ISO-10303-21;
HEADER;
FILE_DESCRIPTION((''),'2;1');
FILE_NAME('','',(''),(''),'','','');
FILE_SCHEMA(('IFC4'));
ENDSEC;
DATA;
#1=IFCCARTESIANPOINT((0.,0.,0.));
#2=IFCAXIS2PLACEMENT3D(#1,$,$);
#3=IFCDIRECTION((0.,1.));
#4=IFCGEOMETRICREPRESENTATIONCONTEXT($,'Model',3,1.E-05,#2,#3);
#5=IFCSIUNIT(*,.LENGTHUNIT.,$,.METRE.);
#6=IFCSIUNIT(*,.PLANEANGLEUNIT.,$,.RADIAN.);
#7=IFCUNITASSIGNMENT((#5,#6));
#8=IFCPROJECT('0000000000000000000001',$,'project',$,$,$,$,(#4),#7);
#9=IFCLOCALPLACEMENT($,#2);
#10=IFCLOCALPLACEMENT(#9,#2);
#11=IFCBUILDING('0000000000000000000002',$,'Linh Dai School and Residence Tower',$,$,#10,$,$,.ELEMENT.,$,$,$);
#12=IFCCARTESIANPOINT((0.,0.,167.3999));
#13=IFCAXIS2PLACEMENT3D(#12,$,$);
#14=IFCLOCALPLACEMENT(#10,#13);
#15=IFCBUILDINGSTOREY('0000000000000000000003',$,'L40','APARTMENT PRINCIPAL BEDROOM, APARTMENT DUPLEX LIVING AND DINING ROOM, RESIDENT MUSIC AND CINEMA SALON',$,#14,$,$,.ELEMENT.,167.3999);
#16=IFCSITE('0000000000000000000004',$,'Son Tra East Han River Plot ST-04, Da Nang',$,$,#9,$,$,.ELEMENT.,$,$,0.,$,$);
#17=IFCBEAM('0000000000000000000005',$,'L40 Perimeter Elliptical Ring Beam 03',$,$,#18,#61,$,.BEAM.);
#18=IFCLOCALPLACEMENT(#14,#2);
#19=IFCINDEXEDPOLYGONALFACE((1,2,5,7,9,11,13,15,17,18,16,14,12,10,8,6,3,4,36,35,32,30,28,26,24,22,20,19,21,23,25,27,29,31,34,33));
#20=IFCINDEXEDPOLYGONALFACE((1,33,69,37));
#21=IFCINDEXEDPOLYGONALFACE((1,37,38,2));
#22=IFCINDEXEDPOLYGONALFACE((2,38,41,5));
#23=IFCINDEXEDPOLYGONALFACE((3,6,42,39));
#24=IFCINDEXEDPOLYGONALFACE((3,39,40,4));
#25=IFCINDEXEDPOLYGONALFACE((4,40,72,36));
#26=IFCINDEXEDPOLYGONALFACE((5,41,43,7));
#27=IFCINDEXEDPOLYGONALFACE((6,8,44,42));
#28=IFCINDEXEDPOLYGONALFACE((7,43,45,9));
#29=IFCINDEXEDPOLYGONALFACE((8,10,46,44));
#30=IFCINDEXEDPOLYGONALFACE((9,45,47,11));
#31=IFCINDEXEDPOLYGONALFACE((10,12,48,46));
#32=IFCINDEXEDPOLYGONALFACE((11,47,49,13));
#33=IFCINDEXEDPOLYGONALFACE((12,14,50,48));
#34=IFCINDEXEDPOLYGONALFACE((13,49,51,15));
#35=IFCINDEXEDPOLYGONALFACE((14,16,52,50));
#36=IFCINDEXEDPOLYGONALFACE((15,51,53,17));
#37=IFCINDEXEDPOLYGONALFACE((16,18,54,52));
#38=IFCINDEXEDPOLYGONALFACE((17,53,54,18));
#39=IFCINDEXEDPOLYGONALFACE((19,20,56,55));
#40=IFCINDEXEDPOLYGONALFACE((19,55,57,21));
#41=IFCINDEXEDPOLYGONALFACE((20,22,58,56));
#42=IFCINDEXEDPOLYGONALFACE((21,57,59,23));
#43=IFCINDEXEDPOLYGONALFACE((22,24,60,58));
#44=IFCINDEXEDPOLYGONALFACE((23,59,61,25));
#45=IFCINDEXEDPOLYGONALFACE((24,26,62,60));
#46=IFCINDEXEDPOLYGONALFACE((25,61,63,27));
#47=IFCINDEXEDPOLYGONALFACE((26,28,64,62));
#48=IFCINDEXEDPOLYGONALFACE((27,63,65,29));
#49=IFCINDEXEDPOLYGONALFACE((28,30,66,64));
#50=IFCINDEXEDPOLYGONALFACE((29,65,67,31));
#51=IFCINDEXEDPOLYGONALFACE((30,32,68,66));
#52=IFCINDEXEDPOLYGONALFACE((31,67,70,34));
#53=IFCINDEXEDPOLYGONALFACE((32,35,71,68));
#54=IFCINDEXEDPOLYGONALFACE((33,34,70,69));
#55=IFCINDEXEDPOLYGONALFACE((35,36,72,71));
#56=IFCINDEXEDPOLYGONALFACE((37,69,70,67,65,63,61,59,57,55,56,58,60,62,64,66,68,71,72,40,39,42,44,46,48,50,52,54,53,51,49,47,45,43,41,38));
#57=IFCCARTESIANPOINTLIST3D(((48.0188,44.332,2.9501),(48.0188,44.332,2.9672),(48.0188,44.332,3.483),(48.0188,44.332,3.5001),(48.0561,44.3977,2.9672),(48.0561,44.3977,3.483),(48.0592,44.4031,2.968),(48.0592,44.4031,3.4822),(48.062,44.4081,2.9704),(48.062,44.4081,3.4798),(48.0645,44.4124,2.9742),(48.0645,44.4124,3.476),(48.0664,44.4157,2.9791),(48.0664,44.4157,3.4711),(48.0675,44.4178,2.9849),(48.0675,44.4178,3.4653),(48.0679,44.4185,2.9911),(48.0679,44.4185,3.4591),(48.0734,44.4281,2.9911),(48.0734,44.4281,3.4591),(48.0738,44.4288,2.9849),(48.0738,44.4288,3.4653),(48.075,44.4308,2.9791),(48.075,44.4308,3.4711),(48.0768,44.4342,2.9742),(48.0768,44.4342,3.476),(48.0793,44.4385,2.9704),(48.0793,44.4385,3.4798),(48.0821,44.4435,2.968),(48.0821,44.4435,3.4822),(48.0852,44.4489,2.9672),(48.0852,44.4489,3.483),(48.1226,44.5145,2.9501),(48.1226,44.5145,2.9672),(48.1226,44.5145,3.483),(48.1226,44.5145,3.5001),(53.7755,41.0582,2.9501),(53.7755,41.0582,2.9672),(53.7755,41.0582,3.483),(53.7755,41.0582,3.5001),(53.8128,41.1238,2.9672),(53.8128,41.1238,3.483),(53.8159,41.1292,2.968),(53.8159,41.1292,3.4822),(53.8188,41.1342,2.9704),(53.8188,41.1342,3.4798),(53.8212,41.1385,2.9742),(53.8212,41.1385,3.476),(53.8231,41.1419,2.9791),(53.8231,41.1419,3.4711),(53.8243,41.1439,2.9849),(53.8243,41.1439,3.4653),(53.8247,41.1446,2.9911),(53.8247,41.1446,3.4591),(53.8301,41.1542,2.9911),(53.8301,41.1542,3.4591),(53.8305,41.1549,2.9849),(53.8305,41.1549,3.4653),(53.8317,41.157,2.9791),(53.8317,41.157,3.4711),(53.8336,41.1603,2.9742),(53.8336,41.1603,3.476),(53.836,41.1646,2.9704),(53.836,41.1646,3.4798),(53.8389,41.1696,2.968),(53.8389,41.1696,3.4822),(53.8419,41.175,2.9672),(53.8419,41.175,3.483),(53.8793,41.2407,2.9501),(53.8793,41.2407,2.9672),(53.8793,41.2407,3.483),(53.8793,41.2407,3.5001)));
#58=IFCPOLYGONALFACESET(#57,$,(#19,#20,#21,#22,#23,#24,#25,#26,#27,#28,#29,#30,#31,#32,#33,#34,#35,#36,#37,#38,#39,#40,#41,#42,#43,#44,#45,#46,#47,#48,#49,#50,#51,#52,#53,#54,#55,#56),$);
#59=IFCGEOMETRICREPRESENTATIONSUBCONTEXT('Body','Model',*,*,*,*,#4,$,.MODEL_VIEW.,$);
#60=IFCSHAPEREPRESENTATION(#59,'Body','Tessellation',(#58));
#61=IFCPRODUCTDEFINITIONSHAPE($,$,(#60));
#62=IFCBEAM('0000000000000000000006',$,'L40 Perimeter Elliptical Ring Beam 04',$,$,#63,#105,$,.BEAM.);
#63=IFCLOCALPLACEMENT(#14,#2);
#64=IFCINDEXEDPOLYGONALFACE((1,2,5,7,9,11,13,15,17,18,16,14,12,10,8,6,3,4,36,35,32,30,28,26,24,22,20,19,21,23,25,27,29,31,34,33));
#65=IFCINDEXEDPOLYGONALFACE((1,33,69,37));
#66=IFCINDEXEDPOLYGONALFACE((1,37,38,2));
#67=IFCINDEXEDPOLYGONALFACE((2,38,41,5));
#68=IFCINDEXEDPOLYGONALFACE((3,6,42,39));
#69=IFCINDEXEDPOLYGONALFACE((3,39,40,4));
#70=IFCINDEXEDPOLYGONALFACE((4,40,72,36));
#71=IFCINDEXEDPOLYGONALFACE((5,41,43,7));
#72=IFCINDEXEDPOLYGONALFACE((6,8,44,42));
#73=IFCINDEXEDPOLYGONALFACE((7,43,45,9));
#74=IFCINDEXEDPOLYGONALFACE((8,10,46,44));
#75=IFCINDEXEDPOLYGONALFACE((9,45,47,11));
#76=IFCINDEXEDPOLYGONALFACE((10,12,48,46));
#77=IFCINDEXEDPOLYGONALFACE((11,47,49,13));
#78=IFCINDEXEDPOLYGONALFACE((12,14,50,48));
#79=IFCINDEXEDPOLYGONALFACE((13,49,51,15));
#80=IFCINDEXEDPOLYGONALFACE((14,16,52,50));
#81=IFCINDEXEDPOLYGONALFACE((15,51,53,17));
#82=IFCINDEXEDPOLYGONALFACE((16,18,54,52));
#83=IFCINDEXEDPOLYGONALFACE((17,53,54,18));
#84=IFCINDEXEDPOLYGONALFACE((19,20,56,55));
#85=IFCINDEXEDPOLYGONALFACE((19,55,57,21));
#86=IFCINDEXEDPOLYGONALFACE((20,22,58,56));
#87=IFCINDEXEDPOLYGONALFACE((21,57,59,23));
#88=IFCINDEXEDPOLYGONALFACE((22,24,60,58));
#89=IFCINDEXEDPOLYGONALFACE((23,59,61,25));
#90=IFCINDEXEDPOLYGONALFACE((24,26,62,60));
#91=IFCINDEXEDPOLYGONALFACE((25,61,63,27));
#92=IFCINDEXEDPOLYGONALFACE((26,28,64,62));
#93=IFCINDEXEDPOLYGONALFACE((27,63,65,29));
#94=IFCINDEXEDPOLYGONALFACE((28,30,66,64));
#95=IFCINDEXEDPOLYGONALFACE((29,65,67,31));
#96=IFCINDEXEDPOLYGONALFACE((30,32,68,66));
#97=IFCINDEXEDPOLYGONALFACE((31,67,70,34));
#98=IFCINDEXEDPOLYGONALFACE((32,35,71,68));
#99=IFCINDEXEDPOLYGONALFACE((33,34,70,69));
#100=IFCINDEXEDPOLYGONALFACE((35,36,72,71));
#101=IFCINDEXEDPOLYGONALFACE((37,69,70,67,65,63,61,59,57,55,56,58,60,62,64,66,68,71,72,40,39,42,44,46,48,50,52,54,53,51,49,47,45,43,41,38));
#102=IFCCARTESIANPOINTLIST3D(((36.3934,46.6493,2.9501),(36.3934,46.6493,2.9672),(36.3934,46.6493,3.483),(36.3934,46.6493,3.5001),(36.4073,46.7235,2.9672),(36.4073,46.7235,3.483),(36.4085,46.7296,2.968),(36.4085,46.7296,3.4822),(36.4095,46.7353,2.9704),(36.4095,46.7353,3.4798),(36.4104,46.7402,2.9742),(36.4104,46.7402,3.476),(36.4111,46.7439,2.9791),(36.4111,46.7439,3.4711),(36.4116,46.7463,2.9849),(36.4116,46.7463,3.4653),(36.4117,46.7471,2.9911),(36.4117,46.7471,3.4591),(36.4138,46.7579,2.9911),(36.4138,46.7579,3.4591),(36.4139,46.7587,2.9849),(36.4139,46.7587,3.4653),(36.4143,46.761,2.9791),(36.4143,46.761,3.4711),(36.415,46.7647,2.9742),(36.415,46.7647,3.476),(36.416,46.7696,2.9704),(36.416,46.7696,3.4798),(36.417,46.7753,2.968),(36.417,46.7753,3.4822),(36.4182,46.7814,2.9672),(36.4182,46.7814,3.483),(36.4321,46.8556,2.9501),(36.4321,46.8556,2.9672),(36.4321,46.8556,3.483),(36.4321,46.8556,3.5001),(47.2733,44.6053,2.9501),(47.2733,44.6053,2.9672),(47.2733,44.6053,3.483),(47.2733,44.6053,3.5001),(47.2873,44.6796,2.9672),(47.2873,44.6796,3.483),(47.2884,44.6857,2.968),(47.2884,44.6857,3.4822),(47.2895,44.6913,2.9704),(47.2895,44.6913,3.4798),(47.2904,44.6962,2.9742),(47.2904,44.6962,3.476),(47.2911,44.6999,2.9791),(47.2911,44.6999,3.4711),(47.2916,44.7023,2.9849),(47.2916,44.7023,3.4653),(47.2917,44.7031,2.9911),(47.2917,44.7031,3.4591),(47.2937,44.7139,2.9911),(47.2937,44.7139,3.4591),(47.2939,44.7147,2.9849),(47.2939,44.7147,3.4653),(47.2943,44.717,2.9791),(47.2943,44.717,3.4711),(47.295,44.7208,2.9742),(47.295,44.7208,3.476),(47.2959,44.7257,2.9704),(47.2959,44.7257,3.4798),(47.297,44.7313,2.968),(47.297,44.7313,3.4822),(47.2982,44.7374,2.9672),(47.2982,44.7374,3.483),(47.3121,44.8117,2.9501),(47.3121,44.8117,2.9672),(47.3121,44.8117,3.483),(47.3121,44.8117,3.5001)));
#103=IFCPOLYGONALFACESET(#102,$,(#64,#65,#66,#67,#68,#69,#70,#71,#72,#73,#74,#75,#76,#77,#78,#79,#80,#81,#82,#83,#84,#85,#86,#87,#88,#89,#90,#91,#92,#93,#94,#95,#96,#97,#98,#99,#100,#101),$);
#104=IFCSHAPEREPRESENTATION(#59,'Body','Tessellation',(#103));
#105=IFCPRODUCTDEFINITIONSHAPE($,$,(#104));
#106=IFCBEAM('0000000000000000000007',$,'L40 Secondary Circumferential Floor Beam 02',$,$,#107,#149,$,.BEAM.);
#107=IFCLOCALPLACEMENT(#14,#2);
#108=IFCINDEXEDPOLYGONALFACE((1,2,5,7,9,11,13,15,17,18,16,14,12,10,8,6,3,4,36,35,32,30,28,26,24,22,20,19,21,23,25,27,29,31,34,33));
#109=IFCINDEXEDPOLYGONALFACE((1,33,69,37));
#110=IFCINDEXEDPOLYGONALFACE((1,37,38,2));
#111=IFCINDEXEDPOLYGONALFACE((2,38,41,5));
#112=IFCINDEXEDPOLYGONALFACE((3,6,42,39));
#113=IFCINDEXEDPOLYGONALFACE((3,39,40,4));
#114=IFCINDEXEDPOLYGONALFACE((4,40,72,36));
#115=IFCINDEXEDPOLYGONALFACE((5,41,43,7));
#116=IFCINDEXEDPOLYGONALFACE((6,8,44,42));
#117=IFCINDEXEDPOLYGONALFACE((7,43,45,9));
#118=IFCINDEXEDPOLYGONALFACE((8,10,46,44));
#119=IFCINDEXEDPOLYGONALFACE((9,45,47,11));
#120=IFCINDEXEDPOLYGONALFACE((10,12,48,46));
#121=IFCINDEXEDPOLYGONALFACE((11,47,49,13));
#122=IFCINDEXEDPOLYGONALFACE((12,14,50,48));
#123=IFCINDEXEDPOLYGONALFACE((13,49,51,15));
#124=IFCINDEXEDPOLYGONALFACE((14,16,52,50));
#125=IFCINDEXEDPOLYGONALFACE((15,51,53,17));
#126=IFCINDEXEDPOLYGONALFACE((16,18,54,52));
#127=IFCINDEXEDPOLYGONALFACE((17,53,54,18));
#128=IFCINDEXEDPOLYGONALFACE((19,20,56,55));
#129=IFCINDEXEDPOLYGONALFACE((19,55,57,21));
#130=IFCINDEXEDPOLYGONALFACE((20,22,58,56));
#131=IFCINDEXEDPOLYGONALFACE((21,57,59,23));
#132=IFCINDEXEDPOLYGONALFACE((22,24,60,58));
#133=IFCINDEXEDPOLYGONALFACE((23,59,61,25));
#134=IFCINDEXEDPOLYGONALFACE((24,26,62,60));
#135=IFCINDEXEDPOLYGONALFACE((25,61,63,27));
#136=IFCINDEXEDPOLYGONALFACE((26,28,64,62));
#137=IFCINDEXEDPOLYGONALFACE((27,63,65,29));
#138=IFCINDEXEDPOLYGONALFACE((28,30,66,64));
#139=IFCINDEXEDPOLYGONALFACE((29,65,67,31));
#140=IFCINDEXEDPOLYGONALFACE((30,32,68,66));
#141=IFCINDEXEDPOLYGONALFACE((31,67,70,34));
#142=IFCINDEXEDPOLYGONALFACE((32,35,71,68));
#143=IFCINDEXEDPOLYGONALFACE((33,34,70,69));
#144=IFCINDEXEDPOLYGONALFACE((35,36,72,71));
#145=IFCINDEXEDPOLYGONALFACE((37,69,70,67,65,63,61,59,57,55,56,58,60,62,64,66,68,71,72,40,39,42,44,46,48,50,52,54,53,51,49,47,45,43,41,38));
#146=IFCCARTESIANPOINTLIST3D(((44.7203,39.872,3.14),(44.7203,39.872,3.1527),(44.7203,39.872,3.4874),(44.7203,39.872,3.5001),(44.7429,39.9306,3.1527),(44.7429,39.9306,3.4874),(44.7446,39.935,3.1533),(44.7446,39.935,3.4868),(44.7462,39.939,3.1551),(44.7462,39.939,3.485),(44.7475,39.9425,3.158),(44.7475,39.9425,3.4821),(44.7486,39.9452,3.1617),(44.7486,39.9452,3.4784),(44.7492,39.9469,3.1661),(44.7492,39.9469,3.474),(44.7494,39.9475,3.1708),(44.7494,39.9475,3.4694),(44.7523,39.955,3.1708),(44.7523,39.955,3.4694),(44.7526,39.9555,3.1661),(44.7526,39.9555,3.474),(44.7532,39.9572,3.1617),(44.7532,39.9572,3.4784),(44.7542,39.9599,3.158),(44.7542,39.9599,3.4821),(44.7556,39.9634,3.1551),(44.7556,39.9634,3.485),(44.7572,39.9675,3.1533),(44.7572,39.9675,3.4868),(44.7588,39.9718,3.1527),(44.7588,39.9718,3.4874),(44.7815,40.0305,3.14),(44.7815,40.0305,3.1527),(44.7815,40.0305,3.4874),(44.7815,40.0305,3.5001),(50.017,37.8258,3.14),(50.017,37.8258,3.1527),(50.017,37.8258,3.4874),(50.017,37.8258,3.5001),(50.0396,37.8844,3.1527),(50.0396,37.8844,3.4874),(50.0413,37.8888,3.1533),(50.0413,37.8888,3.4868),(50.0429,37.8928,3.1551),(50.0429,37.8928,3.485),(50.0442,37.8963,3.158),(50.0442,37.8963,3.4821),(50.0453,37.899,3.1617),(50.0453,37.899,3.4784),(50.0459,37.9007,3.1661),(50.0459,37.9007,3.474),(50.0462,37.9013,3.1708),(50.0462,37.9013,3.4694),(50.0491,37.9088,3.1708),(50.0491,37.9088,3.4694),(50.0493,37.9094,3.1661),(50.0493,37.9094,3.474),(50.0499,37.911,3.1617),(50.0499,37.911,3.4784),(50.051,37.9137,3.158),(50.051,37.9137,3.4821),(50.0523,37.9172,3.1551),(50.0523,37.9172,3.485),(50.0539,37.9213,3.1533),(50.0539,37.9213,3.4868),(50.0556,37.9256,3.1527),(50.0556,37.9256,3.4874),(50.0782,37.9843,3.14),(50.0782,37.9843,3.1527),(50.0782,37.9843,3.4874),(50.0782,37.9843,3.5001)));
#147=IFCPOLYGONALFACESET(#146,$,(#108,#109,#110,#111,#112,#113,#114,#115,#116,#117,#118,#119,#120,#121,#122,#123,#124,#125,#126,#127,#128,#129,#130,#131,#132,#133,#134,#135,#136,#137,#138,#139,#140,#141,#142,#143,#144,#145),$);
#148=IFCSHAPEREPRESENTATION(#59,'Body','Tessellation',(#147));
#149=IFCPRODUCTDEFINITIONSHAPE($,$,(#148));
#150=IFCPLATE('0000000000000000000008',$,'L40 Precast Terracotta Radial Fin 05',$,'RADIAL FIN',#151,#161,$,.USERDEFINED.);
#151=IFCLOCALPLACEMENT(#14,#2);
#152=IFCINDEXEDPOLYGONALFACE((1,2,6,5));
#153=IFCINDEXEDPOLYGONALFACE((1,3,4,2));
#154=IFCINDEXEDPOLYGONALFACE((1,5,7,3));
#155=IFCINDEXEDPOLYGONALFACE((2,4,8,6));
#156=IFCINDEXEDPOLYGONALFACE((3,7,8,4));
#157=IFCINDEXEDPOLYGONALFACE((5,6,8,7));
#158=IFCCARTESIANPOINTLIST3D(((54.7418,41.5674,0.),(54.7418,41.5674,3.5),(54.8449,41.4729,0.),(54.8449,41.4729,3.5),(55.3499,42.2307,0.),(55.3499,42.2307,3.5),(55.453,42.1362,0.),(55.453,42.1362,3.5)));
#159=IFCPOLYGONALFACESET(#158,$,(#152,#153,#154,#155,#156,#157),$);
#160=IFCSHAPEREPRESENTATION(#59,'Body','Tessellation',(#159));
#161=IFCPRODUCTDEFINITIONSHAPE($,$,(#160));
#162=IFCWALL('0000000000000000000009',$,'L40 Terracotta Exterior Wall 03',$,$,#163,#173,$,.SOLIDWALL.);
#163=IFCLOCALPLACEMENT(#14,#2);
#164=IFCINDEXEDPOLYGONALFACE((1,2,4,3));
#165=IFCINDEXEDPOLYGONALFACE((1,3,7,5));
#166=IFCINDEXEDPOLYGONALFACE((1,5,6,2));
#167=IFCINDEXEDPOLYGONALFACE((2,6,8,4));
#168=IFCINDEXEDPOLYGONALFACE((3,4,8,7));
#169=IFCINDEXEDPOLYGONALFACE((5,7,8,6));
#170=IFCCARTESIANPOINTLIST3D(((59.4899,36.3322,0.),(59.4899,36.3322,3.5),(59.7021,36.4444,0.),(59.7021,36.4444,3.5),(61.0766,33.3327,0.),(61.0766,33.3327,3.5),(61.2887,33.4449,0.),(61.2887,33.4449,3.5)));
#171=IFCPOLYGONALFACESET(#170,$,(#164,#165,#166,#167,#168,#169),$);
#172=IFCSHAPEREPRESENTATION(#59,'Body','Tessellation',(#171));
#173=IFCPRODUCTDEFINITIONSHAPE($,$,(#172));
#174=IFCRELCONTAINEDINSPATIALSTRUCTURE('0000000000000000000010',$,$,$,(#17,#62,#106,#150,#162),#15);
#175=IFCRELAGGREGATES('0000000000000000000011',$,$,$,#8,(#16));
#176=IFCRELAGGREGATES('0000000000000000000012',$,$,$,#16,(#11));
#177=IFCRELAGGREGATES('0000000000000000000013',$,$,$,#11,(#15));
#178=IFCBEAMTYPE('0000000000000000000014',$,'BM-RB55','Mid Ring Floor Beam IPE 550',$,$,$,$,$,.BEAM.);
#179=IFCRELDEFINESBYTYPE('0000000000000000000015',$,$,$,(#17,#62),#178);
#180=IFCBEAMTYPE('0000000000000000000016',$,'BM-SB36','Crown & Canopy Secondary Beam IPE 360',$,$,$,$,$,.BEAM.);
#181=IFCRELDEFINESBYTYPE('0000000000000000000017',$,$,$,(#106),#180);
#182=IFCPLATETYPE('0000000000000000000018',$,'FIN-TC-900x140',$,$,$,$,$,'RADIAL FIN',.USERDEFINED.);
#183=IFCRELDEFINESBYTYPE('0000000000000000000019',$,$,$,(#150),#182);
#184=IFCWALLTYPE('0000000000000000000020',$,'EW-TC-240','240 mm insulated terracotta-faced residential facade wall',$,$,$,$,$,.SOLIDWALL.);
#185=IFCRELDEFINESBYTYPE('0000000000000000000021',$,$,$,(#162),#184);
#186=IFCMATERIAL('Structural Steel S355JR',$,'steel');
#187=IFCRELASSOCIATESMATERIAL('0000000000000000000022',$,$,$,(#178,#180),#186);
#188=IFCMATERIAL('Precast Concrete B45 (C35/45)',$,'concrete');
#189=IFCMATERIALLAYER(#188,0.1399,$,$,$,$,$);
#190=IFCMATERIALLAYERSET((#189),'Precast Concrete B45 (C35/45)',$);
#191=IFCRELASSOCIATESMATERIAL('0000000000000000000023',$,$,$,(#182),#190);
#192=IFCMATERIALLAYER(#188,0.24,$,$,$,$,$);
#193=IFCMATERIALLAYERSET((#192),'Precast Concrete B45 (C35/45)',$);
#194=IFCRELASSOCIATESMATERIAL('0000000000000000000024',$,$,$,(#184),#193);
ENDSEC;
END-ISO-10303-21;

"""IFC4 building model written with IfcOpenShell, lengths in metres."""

from ifc_helpers import new_model, si_unit, direction, frame, frame_2d, origin, origin_2d, place, context, subcontext, project, spatial, rectangle, i_section, extrude, source, transform, mapped, material, layer, layer_set, material_profile, profile_set, type_object, element, save


model = new_model("IFC4")

# Units and contexts
model_context = context("Model", 3, precision=1e-05, world=origin(), true_north=direction((0.0, 1.0)))
body_context = subcontext(model_context, "Body", "Model", "MODEL_VIEW")
ifc_project = project(units=[si_unit("LENGTHUNIT", "METRE"), si_unit("PLANEANGLEUNIT", "RADIAN")], contexts=[model_context])

# Site, building, storey
site_placement = place(None, origin())
site = spatial("IfcSite", under=ifc_project, at=site_placement, Name="Son Tra East Han River Plot ST-04, Da Nang", CompositionType="ELEMENT", RefElevation=0.0)
building_placement = place(site_placement, origin())
building = spatial("IfcBuilding", under=site, at=building_placement, Name="Linh Dai School and Residence Tower", CompositionType="ELEMENT")
storey_placement = place(building_placement, frame((0.0, 0.0, 167.3999)))
storey = spatial("IfcBuildingStorey", under=building, at=storey_placement, Name="L40", Description="APARTMENT PRINCIPAL BEDROOM, APARTMENT DUPLEX LIVING AND DINING ROOM, RESIDENT MUSIC AND CINEMA SALON", CompositionType="ELEMENT", Elevation=167.3999)

# Shared definitions
ifc_material_1 = material(Name="Structural Steel S355JR", Category="steel")

# Beams
ifc_material_profile_1 = material_profile(ifc_material_1, i_section(OverallWidth=0.21, OverallDepth=0.55, WebThickness=0.011, FlangeThickness=0.0171, FilletRadius=0.0239, at=origin_2d()), Name="IPE 550")
ifc_profile_set_1 = profile_set([ifc_material_profile_1], Name="Structural Steel S355JR")
beam_type_1 = type_object("IfcBeamType", Name="BM-RB55", Description="Mid Ring Floor Beam IPE 550", PredefinedType="BEAM", material=ifc_profile_set_1)
beam_1_placement = place(storey_placement, frame((53.8274, 41.1494, 3.2251), z_axis=(-0.869262, 0.494351, 0.0), x_axis=(-0.494351, -0.869262, 0.0)))
element("IfcBeam", 1, at=beam_1_placement, inside=storey, type_object=beam_type_1, Name="L40 Perimeter Elliptical Ring Beam 03", PredefinedType="BEAM", context=body_context, shape_type="SweptSolid", body=[
    extrude(i_section(OverallWidth=0.21, OverallDepth=0.55, WebThickness=0.011, FlangeThickness=0.0171, FilletRadius=0.0239, at=origin_2d()), origin(), (0.0, 0.0, 1.0), 6.6226),
])
beam_2_placement = place(storey_placement, frame((47.2927, 44.7085, 3.2251), z_axis=(-0.982807, 0.184635, 0.0), x_axis=(-0.184635, -0.982807, 0.0)))
element("IfcBeam", 2, at=beam_2_placement, inside=storey, type_object=beam_type_1, Name="L40 Perimeter Elliptical Ring Beam 04", PredefinedType="BEAM", context=body_context, shape_type="SweptSolid", body=[
    extrude(i_section(OverallWidth=0.21, OverallDepth=0.55, WebThickness=0.011, FlangeThickness=0.0171, FilletRadius=0.0239, at=origin_2d()), origin(), (0.0, 0.0, 1.0), 11.0703),
])
ifc_material_profile_2 = material_profile(ifc_material_1, i_section(OverallWidth=0.1699, OverallDepth=0.3601, WebThickness=0.0081, FlangeThickness=0.0127, FilletRadius=0.0181, at=origin_2d()), Name="IPE 360")
ifc_profile_set_2 = profile_set([ifc_material_profile_2], Name="Structural Steel S355JR")
beam_type_2 = type_object("IfcBeamType", Name="BM-SB36", Description="Crown & Canopy Secondary Beam IPE 360", PredefinedType="BEAM", material=ifc_profile_set_2)
beam_3_placement = place(storey_placement, frame((50.0476, 37.905, 3.3201), z_axis=(-0.932815, 0.360356, 0.0), x_axis=(-0.360356, -0.932815, 0.0)))
element("IfcBeam", 3, at=beam_3_placement, inside=storey, type_object=beam_type_2, Name="L40 Secondary Circumferential Floor Beam 02", PredefinedType="BEAM", context=body_context, shape_type="SweptSolid", body=[
    extrude(i_section(OverallWidth=0.1699, OverallDepth=0.3601, WebThickness=0.0081, FlangeThickness=0.0127, FilletRadius=0.0181, at=origin_2d()), origin(), (0.0, 0.0, 1.0), 5.6782),
])

# Plate
ifc_material_2 = material(Name="Precast Concrete B45 (C35/45)", Category="concrete")
ifc_layer_1 = layer(ifc_material_2, 0.1399)
ifc_layer_set_1 = layer_set([ifc_layer_1], Name="Precast Concrete B45 (C35/45)")
plate_type = type_object("IfcPlateType", Name="FIN-TC-900x140", ElementType="RADIAL FIN", PredefinedType="USERDEFINED", material=ifc_layer_set_1)
shared_shape_1 = source(origin(), body_context, "Body", "SweptSolid", [
    extrude(rectangle(XDim=0.8999, YDim=0.1399, at=origin_2d()), origin(), (0.0, 0.0, 1.0), 3.5),
])
plate_placement = place(storey_placement, frame((55.0974, 41.8518, 0.0), z_axis=(0.0, 0.0, 1.0), x_axis=(0.6758, 0.737085, 0.0)))
element("IfcPlate", 4, at=plate_placement, inside=storey, type_object=plate_type, Name="L40 Precast Terracotta Radial Fin 05", ObjectType="RADIAL FIN", PredefinedType="USERDEFINED", context=body_context, shape_type="MappedRepresentation", body=[
    mapped(shared_shape_1, transform((0.0, 0.0, 0.0), x_axis=(1.0, 0.0, 0.0), y_axis=(0.0, 1.0, 0.0), z_axis=(0.0, 0.0, 1.0), scale=1.0)),
])

# Wall
ifc_layer_2 = layer(ifc_material_2, 0.24)
ifc_layer_set_2 = layer_set([ifc_layer_2], Name="Precast Concrete B45 (C35/45)")
wall_type_1 = type_object("IfcWallType", Name="EW-TC-240", Description="240 mm insulated terracotta-faced residential facade wall", PredefinedType="SOLIDWALL", material=ifc_layer_set_2)
wall_1_placement = place(storey_placement, frame((59.5959, 36.3884, 0.0), z_axis=(0.0, 0.0, 1.0), x_axis=(0.467587, -0.883947, 0.0)))
element("IfcWall", 5, at=wall_1_placement, inside=storey, type_object=wall_type_1, Name="L40 Terracotta Exterior Wall 03", PredefinedType="SOLIDWALL", context=body_context, shape_type="SweptSolid", body=[
    extrude(rectangle(XDim=3.3933, YDim=0.24, at=frame_2d((1.6968, 0.0))), origin(), (0.0, 0.0, 1.0), 3.5),
])

save(model, "model.ifc")
